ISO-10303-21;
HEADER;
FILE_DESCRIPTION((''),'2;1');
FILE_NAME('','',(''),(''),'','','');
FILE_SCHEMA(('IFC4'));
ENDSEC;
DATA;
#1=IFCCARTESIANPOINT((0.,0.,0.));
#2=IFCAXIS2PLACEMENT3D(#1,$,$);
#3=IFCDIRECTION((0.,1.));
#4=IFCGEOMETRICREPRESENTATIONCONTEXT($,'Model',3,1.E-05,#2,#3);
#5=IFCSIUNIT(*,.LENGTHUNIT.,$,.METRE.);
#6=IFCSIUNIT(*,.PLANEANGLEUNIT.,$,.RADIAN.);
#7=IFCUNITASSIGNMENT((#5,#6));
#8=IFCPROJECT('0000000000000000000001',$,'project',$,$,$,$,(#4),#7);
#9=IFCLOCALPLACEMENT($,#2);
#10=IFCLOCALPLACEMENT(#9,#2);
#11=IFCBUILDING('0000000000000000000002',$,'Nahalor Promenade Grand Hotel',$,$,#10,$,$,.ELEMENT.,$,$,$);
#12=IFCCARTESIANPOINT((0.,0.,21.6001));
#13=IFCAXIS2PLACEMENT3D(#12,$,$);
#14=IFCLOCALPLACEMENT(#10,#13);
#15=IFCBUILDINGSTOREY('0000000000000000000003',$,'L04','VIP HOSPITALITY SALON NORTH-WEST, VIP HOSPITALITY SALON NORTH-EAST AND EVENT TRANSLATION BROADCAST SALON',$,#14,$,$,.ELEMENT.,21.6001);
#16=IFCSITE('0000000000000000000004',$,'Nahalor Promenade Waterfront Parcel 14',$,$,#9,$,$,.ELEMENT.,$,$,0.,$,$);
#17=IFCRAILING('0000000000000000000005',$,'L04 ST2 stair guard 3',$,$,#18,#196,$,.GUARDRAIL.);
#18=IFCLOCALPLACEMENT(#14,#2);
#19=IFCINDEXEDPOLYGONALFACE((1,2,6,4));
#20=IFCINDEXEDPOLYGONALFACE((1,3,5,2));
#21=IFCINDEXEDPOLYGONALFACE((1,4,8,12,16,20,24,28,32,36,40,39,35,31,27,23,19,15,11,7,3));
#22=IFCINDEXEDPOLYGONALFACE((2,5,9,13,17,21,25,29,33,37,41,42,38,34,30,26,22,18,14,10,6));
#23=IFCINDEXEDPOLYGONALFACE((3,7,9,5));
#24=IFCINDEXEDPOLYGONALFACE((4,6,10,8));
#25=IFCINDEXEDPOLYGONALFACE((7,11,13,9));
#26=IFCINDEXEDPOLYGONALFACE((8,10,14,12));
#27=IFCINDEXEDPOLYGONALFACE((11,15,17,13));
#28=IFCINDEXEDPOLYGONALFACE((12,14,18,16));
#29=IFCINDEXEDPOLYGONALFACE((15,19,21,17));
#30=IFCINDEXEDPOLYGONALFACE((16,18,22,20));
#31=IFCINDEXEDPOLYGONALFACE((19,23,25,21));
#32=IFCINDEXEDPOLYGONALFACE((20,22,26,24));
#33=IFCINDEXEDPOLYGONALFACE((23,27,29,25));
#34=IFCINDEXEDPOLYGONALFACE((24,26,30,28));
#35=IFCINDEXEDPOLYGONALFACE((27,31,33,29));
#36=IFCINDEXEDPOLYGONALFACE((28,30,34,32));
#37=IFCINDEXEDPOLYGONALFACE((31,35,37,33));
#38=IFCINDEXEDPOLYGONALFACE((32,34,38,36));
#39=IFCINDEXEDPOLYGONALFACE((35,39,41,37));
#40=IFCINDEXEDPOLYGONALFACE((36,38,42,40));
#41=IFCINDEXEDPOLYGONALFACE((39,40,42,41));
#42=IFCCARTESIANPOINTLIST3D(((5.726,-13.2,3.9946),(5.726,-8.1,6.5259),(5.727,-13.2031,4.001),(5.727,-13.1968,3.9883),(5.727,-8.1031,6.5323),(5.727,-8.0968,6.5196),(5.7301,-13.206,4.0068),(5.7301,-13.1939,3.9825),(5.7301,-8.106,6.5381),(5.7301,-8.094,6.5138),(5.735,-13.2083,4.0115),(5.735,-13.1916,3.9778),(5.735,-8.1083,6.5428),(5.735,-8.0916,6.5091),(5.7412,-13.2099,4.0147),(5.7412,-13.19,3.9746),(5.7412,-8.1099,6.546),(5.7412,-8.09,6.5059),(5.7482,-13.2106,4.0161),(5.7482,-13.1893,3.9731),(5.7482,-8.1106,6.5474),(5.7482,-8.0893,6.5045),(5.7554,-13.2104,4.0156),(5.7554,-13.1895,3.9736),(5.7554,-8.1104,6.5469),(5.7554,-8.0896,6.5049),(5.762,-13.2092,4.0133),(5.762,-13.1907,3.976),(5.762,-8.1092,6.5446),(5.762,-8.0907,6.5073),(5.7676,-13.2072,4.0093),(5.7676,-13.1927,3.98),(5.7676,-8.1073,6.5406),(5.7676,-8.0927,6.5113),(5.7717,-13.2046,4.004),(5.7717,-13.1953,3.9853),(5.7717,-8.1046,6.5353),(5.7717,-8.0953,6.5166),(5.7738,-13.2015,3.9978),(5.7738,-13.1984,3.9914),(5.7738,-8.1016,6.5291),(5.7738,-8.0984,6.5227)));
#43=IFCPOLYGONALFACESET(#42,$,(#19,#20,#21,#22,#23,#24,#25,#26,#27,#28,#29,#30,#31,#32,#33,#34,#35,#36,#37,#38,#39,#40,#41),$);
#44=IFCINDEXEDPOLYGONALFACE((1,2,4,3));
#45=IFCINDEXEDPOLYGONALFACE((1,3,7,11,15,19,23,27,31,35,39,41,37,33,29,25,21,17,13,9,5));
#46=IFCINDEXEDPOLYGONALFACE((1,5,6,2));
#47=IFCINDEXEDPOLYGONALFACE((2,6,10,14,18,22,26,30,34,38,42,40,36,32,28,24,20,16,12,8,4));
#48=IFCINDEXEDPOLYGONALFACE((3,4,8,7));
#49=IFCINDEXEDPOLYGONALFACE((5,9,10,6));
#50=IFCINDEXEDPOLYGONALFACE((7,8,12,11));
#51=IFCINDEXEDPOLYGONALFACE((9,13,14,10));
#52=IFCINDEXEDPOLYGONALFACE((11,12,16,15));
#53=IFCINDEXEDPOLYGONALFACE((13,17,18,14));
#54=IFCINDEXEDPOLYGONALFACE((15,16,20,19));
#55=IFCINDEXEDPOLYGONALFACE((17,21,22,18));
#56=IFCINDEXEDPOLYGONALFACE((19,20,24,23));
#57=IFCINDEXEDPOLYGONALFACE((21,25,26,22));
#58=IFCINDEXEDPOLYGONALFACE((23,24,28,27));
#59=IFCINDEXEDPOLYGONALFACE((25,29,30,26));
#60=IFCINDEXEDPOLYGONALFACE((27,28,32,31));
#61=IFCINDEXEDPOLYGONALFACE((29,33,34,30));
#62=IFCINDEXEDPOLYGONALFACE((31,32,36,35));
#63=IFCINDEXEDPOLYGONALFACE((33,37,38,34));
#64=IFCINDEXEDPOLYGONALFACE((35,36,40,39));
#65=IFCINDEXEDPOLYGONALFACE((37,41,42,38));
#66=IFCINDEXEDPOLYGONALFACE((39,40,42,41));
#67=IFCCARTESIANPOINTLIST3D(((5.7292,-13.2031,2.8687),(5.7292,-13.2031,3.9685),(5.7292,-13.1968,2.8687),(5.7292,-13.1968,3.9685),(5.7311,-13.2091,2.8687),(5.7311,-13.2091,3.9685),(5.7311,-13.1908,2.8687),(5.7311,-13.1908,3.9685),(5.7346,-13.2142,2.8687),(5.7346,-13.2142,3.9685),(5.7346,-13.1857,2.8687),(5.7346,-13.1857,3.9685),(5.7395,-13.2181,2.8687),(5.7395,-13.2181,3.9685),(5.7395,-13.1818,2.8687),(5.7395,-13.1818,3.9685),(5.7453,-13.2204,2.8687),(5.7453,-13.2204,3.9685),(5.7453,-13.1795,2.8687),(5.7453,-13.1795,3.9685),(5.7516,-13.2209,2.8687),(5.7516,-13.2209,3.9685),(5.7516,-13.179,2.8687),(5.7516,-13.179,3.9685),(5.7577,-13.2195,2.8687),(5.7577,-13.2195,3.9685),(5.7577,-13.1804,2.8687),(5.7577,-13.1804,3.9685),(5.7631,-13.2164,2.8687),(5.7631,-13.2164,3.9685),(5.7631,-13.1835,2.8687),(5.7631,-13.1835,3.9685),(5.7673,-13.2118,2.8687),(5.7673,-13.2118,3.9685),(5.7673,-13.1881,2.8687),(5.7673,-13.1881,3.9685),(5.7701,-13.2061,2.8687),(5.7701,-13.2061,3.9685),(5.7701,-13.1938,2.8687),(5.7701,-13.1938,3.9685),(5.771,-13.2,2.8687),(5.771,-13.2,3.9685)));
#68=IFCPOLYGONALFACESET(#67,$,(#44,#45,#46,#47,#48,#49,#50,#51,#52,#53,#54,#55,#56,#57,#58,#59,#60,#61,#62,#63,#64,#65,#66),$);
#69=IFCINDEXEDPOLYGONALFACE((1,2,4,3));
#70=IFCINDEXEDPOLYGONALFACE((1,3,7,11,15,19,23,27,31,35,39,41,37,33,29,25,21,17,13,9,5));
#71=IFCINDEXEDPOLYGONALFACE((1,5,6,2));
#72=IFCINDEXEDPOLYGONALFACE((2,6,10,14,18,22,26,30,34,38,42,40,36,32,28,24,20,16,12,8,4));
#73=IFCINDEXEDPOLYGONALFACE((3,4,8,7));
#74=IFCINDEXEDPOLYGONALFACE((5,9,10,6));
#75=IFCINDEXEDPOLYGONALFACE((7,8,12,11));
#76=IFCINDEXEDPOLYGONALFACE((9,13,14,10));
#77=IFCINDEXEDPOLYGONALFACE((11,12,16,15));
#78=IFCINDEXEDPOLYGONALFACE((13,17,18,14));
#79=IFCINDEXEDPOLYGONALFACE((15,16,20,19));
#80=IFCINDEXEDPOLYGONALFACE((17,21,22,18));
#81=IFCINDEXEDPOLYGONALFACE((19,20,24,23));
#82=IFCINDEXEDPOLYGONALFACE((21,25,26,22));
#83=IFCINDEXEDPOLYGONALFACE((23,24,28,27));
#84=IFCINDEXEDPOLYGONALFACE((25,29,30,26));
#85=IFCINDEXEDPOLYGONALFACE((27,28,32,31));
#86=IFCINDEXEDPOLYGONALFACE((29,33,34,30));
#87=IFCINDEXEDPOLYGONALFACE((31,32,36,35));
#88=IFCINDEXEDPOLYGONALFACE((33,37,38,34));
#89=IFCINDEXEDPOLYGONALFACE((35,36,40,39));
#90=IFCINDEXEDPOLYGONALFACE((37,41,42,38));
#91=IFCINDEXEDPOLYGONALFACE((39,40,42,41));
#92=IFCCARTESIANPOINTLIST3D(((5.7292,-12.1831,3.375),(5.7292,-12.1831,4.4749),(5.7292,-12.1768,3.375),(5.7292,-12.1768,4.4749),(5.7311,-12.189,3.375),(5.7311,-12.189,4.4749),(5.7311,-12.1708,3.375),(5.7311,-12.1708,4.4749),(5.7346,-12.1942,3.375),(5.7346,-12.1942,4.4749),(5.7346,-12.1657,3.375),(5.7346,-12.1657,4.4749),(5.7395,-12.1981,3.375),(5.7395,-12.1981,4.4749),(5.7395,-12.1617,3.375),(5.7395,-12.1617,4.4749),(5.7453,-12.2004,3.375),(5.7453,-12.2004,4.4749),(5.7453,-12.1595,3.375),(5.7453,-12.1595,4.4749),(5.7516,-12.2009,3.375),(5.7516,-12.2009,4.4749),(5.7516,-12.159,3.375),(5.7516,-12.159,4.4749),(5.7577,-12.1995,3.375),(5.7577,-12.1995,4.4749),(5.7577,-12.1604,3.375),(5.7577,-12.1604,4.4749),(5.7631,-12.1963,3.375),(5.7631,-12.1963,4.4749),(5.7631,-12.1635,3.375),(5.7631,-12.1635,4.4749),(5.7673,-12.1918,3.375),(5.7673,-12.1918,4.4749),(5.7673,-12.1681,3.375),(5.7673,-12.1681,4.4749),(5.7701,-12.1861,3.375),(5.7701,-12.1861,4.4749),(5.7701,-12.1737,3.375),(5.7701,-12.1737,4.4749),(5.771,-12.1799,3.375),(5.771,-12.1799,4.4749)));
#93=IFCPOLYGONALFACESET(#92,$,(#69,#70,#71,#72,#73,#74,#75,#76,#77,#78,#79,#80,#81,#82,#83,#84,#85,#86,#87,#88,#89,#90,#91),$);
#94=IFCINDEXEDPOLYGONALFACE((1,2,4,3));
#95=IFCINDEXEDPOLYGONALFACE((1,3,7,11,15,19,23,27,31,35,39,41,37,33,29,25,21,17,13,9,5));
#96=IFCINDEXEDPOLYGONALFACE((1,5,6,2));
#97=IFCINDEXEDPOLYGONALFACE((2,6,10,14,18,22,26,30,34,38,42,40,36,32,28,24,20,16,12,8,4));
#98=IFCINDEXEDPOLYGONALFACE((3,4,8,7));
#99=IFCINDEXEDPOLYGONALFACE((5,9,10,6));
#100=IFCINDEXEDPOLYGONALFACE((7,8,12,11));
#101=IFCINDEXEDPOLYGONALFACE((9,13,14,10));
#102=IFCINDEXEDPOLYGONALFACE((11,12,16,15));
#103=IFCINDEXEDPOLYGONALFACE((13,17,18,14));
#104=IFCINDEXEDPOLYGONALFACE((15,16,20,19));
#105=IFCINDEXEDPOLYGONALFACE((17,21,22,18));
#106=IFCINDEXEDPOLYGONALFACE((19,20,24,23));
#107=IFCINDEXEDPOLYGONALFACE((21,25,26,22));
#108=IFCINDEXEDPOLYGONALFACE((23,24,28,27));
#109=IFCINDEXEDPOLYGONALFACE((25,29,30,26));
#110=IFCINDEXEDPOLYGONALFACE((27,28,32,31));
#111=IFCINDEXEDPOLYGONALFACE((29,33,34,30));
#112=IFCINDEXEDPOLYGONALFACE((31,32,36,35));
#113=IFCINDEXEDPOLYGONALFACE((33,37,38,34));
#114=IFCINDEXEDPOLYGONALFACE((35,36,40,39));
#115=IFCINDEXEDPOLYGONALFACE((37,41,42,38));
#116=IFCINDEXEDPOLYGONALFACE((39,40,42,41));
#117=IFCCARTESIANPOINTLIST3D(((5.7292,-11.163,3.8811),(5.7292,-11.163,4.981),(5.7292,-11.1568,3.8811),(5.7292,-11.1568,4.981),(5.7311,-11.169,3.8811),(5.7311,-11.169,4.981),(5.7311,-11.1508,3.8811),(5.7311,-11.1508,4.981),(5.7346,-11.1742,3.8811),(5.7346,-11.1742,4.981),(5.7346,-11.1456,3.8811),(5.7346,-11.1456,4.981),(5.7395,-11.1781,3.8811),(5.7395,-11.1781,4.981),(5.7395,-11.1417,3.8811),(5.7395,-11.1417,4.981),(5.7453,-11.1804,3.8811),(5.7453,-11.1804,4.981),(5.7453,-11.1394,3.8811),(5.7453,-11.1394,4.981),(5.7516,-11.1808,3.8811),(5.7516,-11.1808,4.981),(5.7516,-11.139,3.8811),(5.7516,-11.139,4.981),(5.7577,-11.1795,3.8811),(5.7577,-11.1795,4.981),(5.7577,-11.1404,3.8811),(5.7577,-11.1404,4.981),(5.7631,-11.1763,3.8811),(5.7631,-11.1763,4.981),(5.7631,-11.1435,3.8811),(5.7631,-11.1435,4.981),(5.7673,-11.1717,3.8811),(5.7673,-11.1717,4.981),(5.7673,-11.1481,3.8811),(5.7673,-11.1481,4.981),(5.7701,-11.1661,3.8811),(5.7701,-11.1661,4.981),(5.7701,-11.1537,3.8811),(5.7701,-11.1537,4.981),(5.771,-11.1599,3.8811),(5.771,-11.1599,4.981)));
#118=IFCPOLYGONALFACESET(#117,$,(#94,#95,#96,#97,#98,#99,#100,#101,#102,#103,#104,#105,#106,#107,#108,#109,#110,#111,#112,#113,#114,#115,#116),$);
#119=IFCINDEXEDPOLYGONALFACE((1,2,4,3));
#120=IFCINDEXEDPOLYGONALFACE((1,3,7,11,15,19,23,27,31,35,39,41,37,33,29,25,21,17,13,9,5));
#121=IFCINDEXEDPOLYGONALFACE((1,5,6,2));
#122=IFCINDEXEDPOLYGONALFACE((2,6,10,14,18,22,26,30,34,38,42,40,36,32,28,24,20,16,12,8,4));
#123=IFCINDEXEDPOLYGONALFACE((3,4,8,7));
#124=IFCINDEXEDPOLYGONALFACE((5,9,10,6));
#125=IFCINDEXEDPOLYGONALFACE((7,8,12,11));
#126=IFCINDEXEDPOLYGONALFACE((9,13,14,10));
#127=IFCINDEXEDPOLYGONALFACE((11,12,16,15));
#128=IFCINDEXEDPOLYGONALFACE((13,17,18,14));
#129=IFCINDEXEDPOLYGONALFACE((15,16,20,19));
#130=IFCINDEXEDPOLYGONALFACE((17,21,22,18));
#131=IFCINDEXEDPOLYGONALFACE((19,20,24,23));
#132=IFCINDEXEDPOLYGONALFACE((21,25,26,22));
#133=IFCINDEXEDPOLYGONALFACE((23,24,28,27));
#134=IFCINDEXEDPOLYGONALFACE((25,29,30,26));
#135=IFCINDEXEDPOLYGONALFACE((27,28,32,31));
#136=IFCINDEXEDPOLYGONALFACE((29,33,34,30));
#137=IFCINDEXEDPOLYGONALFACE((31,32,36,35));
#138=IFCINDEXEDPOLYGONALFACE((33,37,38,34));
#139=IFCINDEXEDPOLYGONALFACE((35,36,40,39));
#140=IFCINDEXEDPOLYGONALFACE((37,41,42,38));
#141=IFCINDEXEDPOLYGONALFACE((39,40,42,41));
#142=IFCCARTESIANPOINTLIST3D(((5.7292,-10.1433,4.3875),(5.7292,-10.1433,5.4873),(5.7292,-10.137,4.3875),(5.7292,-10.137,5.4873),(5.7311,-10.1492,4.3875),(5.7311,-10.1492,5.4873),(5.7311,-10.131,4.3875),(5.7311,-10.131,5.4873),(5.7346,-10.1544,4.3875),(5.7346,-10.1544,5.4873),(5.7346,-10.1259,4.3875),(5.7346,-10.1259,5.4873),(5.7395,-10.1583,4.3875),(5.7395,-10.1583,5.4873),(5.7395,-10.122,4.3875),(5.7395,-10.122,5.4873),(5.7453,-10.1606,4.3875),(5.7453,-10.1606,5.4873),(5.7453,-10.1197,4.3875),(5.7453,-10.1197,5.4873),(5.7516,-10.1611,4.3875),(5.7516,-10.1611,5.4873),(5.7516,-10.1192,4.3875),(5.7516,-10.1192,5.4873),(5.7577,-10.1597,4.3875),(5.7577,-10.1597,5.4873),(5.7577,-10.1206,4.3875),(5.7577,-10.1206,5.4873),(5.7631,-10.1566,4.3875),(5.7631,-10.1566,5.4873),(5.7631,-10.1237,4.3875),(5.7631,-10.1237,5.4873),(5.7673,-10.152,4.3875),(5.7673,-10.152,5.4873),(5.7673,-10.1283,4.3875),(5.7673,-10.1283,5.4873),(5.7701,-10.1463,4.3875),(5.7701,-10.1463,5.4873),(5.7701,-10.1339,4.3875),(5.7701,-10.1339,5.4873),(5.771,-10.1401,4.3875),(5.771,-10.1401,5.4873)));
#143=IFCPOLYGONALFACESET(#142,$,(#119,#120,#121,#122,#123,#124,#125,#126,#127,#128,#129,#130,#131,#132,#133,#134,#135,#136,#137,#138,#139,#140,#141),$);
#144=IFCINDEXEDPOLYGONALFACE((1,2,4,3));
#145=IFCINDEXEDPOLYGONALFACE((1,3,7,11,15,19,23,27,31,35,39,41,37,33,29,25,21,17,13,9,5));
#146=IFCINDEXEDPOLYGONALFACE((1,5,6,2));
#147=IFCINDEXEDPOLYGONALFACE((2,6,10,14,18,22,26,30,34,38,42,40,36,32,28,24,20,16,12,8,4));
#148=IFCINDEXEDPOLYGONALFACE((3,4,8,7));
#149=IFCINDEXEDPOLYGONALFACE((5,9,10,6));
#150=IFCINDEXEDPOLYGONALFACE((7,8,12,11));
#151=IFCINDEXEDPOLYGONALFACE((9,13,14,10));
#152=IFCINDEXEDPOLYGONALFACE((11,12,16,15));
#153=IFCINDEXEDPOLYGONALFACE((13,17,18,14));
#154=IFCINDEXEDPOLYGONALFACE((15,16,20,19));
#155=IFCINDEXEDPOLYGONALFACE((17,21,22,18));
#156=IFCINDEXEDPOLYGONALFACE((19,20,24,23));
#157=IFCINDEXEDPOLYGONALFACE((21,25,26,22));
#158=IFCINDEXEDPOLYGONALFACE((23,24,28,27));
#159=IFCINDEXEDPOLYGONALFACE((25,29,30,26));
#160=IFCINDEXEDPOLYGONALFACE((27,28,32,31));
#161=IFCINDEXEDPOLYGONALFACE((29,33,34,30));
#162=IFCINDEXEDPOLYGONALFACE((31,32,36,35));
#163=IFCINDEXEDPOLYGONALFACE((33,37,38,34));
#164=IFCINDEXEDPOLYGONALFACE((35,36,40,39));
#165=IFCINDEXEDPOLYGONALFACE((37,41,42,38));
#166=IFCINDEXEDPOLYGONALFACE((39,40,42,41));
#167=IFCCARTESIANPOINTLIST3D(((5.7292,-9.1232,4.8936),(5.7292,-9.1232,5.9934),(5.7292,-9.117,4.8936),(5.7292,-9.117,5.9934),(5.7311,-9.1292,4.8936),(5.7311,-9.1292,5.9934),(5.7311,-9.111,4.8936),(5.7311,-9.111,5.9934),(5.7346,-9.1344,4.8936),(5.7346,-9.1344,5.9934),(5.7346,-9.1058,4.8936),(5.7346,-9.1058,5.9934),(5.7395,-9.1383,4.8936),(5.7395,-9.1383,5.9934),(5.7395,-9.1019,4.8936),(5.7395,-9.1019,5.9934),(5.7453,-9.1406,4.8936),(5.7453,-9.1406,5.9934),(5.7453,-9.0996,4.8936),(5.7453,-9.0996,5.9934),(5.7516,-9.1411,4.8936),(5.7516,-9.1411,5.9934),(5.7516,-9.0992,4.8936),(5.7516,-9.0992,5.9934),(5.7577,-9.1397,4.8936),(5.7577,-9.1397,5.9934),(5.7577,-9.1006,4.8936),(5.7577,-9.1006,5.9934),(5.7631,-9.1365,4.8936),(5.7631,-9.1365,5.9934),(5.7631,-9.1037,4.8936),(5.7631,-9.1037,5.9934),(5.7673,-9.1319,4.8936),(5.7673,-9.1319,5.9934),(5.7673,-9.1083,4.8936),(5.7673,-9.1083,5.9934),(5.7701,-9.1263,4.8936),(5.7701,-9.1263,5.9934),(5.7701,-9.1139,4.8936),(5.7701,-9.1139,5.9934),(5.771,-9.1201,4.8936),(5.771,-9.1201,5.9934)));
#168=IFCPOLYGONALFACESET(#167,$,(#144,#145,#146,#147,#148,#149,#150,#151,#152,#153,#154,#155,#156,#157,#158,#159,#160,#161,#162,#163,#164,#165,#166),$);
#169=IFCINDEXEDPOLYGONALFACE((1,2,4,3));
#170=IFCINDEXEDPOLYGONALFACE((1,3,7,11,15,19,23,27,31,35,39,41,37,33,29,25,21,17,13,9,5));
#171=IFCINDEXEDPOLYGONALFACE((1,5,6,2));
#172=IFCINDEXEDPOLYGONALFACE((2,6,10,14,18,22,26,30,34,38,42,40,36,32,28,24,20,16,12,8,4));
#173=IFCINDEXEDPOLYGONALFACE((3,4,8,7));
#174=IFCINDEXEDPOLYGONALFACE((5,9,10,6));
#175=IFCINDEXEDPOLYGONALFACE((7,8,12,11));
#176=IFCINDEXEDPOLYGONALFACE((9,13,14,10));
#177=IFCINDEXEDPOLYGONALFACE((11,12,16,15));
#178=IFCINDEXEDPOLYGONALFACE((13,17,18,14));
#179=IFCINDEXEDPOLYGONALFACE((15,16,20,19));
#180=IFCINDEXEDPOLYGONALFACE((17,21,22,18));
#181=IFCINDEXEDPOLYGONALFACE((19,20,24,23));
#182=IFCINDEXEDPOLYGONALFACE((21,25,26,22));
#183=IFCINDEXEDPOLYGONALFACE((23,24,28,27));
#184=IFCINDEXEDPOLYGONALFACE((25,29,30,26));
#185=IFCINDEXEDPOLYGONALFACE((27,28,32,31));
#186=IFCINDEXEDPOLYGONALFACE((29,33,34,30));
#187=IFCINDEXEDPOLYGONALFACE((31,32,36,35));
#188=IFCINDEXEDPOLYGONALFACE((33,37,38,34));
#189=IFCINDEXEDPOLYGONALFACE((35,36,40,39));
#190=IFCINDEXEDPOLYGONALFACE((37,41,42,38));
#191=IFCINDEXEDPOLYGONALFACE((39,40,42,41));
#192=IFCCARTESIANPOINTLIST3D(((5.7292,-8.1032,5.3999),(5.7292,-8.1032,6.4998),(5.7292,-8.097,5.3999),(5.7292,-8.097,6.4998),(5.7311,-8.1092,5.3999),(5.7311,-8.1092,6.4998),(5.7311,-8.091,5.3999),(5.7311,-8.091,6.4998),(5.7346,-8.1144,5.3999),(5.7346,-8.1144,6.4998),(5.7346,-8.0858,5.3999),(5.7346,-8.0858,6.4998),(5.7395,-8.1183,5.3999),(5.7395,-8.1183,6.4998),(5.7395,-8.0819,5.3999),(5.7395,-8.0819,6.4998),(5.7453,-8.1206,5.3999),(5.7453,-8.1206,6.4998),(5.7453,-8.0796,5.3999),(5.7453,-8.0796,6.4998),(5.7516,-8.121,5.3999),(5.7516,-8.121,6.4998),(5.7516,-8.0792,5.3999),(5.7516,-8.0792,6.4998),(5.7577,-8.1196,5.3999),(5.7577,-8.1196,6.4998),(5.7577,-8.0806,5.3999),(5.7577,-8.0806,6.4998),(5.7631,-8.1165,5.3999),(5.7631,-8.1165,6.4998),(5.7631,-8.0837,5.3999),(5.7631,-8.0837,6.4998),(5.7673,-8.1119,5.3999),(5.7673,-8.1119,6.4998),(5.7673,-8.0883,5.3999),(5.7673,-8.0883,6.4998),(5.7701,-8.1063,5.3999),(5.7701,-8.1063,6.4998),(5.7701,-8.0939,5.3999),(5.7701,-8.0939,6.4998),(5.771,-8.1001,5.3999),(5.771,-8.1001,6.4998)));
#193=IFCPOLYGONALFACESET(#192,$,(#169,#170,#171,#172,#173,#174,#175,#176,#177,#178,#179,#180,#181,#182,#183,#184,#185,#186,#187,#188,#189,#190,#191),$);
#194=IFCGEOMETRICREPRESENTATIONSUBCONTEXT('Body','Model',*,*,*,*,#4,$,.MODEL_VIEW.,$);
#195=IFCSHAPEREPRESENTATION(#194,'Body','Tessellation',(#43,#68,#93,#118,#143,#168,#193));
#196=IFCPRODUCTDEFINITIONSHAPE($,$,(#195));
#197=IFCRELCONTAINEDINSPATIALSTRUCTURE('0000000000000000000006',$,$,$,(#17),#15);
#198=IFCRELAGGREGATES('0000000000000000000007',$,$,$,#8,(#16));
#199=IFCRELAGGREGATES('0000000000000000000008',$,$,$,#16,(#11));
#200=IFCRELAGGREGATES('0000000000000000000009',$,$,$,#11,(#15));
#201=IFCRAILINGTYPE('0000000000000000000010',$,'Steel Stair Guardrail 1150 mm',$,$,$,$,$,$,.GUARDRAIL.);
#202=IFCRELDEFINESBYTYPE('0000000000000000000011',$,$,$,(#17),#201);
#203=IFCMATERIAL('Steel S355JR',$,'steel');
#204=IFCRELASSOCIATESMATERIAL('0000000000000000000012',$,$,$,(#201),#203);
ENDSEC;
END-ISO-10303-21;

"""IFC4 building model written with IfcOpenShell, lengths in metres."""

from ifc_helpers import new_model, si_unit, direction, frame, origin, origin_2d, place, context, subcontext, project, spatial, circle, extrude, material, type_object, element, save


model = new_model("IFC4")

# Units and contexts
model_context = context("Model", 3, precision=1e-05, world=origin(), true_north=direction((0.0, 1.0)))
body_context = subcontext(model_context, "Body", "Model", "MODEL_VIEW")
ifc_project = project(units=[si_unit("LENGTHUNIT", "METRE"), si_unit("PLANEANGLEUNIT", "RADIAN")], contexts=[model_context])

# Site, building, storey
site_placement = place(None, origin())
site = spatial("IfcSite", under=ifc_project, at=site_placement, Name="Nahalor Promenade Waterfront Parcel 14", CompositionType="ELEMENT", RefElevation=0.0)
building_placement = place(site_placement, origin())
building = spatial("IfcBuilding", under=site, at=building_placement, Name="Nahalor Promenade Grand Hotel", CompositionType="ELEMENT")
storey_placement = place(building_placement, frame((0.0, 0.0, 21.6001)))
storey = spatial("IfcBuildingStorey", under=building, at=storey_placement, Name="L04", Description="VIP HOSPITALITY SALON NORTH-WEST, VIP HOSPITALITY SALON NORTH-EAST AND EVENT TRANSLATION BROADCAST SALON", CompositionType="ELEMENT", Elevation=21.6001)

# Shared definitions
ifc_material_1 = material(Name="Steel S355JR", Category="steel")

# Railing
railing_type_1 = type_object("IfcRailingType", Name="Steel Stair Guardrail 1150 mm", PredefinedType="GUARDRAIL", material=ifc_material_1)
railing_1_placement = place(storey_placement, frame((5.75, -13.2, 2.8687)))
element("IfcRailing", 1, at=railing_1_placement, inside=storey, type_object=railing_type_1, Name="L04 ST2 stair guard 3", PredefinedType="GUARDRAIL", context=body_context, shape_type="SweptSolid", body=[
    extrude(circle(Radius=0.024, at=origin_2d()), frame((0.0, 0.0, 1.126), z_axis=(0.0, 0.895735, 0.444587), x_axis=(-1.0, 0.0, 0.0)), (0.0, 0.0, 1.0), 5.6936),
    extrude(circle(Radius=0.021, at=origin_2d()), origin(), (0.0, 0.0, 1.0), 1.0999),
    extrude(circle(Radius=0.021, at=origin_2d()), frame((0.0, 1.02, 0.5063)), (0.0, 0.0, 1.0), 1.0999),
    extrude(circle(Radius=0.021, at=origin_2d()), frame((0.0, 2.04, 1.0125)), (0.0, 0.0, 1.0), 1.0999),
    extrude(circle(Radius=0.021, at=origin_2d()), frame((0.0, 3.0598, 1.5188)), (0.0, 0.0, 1.0), 1.0999),
    extrude(circle(Radius=0.021, at=origin_2d()), frame((0.0, 4.0798, 2.0249)), (0.0, 0.0, 1.0), 1.0999),
    extrude(circle(Radius=0.021, at=origin_2d()), frame((0.0, 5.0999, 2.5312)), (0.0, 0.0, 1.0), 1.0999),
])

save(model, "model.ifc")
